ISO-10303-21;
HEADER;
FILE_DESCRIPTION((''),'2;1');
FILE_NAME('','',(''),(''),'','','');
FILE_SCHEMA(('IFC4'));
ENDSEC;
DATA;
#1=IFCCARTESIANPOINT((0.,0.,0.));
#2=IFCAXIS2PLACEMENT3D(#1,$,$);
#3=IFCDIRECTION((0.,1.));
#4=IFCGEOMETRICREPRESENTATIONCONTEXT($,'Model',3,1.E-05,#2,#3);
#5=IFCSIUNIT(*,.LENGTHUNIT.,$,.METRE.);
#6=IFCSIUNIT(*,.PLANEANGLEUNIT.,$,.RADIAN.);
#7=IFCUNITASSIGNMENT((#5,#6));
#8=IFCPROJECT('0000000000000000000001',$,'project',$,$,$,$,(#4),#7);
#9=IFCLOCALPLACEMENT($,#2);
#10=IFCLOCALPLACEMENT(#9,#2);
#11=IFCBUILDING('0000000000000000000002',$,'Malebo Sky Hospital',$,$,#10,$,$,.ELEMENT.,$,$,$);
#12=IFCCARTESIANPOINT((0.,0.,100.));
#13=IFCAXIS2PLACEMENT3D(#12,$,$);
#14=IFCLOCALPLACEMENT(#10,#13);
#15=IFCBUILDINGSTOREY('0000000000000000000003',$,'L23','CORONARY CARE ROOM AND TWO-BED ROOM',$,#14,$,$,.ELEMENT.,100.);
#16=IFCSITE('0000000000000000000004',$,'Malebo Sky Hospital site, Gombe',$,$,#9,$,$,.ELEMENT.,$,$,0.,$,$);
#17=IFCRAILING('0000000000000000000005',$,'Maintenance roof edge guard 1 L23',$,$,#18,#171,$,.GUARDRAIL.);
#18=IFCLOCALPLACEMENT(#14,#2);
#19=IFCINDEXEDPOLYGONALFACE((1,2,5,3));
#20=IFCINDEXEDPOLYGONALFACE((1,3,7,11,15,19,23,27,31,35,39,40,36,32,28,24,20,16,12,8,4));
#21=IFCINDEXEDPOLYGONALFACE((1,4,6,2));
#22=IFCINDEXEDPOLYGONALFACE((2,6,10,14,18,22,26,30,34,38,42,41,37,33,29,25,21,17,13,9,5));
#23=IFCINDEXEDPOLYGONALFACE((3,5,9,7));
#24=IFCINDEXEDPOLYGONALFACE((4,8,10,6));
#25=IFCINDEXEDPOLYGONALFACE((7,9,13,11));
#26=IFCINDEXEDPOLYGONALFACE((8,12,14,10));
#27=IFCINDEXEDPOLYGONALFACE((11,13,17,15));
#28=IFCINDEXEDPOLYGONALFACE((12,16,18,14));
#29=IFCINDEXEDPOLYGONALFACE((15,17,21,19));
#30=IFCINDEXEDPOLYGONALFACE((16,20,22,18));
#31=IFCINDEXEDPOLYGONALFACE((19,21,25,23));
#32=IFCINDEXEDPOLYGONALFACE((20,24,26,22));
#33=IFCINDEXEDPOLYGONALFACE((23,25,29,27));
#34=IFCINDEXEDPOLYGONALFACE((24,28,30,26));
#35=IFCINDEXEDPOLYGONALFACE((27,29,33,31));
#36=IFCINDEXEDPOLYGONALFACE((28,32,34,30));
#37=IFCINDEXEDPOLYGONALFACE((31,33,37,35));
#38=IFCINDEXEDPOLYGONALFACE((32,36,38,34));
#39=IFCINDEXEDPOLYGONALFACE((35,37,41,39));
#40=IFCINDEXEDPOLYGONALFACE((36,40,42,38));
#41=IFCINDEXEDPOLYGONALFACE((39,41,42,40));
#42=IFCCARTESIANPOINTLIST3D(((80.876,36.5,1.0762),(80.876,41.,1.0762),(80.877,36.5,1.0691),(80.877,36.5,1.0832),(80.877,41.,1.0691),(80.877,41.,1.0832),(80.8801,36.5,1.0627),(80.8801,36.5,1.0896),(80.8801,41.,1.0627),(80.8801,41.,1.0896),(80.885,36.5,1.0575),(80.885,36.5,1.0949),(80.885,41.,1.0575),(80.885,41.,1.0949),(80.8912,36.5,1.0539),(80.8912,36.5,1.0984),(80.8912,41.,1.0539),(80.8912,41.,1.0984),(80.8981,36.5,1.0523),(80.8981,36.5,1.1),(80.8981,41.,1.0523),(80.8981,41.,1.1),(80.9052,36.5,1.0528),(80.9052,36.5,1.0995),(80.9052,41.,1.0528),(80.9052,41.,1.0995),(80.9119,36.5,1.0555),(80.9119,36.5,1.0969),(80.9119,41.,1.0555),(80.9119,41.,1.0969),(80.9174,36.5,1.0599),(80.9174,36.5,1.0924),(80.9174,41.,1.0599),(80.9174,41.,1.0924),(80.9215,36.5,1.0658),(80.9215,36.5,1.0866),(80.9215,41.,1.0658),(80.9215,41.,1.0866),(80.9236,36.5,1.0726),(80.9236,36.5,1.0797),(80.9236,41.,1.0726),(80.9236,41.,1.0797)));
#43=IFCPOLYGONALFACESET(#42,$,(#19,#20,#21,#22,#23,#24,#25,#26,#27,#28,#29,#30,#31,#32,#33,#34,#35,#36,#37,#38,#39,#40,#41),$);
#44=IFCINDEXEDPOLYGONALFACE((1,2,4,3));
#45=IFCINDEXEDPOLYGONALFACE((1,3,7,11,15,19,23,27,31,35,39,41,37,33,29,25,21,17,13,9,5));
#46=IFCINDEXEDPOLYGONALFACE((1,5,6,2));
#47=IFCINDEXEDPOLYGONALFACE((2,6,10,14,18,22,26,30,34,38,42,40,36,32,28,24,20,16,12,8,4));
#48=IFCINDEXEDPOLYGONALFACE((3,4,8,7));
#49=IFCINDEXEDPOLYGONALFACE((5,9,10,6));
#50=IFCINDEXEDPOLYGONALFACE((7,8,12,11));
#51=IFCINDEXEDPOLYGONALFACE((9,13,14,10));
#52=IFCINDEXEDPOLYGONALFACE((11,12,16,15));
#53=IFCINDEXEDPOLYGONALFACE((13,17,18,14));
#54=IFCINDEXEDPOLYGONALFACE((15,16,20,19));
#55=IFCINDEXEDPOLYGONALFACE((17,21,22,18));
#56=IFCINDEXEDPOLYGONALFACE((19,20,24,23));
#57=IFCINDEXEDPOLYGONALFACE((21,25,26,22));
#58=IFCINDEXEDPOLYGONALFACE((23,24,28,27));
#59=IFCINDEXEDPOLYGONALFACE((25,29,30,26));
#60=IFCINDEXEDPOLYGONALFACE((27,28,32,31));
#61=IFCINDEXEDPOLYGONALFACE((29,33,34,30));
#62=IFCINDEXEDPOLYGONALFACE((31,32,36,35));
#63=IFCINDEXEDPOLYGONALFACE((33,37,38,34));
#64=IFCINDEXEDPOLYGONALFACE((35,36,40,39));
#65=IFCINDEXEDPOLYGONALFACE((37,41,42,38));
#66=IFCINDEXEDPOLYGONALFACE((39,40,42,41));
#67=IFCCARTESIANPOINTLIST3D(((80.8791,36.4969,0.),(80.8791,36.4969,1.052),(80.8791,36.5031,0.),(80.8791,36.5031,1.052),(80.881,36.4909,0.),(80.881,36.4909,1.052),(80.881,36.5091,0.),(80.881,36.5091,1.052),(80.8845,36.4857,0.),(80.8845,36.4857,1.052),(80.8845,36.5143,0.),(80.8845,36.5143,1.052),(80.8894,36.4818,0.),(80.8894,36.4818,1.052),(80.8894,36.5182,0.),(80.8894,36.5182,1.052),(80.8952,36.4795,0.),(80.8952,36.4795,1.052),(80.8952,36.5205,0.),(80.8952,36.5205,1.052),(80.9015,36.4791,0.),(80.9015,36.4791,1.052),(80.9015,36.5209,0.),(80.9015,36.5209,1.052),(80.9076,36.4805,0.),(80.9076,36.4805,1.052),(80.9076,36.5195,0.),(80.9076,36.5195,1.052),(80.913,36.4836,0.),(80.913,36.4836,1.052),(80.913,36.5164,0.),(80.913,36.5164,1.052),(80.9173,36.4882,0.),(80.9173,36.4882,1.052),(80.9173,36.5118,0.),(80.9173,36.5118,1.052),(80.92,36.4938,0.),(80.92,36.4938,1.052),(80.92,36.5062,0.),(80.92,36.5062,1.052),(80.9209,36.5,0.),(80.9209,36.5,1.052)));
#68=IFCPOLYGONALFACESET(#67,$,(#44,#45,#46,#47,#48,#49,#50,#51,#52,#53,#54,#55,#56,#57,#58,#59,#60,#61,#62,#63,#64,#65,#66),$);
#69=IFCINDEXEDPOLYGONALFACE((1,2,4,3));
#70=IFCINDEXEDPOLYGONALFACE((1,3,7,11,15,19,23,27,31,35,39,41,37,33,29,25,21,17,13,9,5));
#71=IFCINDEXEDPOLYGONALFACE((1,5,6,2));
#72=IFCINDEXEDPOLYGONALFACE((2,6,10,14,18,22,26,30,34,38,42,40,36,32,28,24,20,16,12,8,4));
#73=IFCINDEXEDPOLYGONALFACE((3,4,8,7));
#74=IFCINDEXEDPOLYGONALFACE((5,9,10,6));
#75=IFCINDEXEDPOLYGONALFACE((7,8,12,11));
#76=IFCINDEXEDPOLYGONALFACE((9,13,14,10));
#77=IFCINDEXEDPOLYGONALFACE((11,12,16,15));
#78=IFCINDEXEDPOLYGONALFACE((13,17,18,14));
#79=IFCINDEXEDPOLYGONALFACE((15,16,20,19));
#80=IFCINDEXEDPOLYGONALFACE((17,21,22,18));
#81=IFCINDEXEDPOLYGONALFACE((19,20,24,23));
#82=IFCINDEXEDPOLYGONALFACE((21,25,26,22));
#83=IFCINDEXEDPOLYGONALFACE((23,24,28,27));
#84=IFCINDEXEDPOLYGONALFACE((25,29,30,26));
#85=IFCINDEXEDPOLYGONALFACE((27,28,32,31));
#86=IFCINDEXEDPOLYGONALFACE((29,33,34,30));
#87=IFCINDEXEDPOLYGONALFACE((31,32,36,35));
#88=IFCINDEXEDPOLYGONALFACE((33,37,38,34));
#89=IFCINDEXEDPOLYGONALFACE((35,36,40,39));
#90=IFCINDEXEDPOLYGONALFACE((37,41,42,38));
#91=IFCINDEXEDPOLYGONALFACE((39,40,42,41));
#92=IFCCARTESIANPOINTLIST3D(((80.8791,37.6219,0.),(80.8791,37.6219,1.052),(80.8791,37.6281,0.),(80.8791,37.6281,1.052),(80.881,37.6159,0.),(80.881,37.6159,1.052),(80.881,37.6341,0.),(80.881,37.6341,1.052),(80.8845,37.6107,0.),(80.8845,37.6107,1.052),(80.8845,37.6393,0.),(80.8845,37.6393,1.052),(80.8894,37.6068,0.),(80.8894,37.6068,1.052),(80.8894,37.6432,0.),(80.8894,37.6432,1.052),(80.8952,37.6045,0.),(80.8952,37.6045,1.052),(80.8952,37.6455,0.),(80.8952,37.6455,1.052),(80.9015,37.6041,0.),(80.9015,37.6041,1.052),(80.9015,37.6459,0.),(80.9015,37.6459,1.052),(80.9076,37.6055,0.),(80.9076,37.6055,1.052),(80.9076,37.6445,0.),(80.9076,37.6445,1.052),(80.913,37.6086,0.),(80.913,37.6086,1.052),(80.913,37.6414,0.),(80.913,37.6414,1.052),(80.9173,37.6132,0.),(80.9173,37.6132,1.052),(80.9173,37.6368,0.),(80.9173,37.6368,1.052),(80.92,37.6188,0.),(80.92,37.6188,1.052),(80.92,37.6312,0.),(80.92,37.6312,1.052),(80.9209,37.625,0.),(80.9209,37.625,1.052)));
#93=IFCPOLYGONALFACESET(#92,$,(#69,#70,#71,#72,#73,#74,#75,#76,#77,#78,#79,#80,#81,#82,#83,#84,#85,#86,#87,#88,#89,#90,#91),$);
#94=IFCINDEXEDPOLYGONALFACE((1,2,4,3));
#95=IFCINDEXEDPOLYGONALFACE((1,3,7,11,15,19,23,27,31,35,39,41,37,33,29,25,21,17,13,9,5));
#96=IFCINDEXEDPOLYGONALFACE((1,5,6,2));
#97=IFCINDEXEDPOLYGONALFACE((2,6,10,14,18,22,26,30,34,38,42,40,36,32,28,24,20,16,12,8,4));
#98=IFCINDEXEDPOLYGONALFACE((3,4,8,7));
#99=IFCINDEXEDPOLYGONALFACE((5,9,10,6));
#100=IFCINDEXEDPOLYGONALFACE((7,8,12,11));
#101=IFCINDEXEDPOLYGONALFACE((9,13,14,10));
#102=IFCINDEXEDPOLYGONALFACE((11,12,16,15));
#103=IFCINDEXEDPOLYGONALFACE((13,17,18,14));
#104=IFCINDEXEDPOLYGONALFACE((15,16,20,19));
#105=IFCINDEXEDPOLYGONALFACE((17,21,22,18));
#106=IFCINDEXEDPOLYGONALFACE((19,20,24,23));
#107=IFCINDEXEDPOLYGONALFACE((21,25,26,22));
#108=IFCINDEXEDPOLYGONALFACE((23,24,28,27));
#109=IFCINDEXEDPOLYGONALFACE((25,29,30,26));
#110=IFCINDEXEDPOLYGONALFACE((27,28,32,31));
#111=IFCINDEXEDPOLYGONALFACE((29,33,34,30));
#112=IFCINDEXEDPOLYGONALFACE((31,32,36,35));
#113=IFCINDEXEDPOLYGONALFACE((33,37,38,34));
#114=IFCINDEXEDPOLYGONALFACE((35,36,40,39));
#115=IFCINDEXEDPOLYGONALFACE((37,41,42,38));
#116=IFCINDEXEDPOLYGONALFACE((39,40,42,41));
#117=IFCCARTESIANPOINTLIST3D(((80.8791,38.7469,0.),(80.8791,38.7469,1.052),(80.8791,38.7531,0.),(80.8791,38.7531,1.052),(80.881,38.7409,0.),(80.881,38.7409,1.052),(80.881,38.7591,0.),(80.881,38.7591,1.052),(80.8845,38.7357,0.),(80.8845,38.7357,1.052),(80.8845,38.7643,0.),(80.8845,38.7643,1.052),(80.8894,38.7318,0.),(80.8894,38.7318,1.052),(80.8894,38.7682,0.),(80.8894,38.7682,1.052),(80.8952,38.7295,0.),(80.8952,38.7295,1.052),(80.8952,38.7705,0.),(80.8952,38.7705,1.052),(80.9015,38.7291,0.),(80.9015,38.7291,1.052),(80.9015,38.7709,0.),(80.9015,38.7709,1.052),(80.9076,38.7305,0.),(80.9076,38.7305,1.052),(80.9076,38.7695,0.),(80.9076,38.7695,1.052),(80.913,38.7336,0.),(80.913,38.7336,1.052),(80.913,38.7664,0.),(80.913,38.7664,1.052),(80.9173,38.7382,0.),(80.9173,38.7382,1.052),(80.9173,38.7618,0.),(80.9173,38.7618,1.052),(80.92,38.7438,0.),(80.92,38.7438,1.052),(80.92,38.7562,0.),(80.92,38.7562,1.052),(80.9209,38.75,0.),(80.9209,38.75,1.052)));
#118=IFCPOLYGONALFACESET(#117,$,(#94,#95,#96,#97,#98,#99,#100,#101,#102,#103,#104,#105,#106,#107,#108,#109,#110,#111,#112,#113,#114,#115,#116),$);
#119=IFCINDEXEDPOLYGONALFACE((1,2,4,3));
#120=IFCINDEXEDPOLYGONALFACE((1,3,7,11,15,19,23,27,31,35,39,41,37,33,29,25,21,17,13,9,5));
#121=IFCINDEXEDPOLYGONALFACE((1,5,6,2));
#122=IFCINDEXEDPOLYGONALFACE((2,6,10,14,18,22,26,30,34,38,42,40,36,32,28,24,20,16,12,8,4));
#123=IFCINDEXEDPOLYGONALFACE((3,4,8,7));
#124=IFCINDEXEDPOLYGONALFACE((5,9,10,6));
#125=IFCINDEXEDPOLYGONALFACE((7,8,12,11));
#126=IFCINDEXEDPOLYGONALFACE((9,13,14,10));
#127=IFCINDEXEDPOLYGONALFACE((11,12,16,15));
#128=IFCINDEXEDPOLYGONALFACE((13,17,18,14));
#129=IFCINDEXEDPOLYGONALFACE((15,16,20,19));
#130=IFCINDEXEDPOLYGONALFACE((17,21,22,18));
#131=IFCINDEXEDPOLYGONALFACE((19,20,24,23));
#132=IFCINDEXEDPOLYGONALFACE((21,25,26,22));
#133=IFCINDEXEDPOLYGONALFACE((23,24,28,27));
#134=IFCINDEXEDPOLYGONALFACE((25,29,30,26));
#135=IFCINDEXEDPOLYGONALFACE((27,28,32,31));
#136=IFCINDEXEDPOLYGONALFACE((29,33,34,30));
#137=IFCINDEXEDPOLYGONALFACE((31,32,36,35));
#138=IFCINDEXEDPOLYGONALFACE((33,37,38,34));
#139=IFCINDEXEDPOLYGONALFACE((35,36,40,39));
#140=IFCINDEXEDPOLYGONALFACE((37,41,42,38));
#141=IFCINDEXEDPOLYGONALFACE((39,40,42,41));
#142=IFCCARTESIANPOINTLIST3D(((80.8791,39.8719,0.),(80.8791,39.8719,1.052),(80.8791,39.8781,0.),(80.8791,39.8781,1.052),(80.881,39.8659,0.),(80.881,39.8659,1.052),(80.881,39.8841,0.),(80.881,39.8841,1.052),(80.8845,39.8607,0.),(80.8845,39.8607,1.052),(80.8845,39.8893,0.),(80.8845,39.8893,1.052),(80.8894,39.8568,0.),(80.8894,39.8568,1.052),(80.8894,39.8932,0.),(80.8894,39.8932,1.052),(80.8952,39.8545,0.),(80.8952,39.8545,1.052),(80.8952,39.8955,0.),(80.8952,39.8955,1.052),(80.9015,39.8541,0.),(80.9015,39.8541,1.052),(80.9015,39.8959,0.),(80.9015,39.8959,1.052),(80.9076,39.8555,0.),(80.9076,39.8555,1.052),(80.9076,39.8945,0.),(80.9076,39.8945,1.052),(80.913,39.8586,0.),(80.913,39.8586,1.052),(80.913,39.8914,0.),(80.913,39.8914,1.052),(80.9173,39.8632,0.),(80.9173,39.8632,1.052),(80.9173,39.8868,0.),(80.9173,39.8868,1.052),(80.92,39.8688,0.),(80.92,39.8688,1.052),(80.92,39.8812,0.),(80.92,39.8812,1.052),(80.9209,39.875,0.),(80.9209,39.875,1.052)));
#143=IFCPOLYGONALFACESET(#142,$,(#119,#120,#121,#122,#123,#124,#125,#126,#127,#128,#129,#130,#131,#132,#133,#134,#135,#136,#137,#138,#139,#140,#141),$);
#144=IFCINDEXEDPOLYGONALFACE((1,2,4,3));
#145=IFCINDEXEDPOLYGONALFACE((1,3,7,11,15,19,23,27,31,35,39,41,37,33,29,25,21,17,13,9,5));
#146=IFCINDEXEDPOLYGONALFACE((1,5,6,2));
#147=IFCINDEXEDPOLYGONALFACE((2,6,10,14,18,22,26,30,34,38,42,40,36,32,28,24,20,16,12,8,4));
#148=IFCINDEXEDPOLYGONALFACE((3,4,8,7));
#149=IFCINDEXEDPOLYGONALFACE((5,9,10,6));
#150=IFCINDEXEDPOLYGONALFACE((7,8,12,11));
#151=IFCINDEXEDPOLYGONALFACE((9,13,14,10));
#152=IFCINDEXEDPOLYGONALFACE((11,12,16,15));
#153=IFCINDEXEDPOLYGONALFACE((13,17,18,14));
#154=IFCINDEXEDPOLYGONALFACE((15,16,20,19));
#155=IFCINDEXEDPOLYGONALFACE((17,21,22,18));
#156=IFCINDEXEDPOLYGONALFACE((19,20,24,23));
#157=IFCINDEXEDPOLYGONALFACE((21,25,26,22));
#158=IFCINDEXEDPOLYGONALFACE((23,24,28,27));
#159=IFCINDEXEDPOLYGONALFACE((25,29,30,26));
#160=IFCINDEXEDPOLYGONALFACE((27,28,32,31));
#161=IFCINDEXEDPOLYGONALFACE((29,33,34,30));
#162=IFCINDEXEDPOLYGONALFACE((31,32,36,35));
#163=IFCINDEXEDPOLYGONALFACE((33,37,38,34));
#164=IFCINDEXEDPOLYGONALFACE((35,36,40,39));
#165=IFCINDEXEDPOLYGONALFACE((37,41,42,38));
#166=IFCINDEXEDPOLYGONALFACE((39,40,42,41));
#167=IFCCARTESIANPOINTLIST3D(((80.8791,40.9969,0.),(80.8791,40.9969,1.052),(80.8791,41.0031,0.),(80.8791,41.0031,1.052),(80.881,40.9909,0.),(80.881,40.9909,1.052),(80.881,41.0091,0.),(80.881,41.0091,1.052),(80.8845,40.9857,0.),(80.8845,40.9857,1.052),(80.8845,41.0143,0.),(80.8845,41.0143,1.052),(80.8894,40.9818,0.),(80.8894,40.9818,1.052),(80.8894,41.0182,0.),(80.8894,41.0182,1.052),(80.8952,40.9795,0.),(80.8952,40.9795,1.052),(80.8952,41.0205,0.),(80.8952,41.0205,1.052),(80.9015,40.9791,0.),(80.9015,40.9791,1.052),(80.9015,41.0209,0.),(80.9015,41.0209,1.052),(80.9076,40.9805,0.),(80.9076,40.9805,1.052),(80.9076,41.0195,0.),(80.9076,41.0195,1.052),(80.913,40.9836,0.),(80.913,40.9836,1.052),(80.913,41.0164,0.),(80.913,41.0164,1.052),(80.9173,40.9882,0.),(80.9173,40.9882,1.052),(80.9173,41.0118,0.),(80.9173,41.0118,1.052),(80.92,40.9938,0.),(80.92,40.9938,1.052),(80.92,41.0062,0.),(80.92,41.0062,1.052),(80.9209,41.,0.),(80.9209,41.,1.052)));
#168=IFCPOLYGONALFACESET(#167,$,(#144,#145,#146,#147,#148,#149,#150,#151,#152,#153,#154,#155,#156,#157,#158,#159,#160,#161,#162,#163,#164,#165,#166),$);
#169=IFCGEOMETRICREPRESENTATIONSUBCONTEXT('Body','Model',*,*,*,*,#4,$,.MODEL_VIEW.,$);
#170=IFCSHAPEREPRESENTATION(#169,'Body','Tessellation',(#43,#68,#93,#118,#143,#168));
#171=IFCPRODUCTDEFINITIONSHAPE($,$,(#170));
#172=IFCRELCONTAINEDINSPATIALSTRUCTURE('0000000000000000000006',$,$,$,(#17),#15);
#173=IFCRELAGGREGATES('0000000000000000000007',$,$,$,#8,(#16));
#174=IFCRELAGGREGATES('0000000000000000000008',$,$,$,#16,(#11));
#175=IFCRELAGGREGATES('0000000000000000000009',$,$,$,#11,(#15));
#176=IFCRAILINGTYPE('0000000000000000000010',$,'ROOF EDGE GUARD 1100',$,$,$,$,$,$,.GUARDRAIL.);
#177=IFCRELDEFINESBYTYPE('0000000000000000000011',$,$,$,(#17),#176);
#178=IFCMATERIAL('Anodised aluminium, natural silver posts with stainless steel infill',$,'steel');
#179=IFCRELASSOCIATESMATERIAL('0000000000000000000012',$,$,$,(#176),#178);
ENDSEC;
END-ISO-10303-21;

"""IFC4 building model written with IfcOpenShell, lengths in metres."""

from ifc_helpers import new_model, si_unit, direction, frame, origin, origin_2d, place, context, subcontext, project, spatial, circle, extrude, material, type_object, element, save


model = new_model("IFC4")

# Units and contexts
model_context = context("Model", 3, precision=1e-05, world=origin(), true_north=direction((0.0, 1.0)))
body_context = subcontext(model_context, "Body", "Model", "MODEL_VIEW")
ifc_project = project(units=[si_unit("LENGTHUNIT", "METRE"), si_unit("PLANEANGLEUNIT", "RADIAN")], contexts=[model_context])

# Site, building, storey
site_placement = place(None, origin())
site = spatial("IfcSite", under=ifc_project, at=site_placement, Name="Malebo Sky Hospital site, Gombe", CompositionType="ELEMENT", RefElevation=0.0)
building_placement = place(site_placement, origin())
building = spatial("IfcBuilding", under=site, at=building_placement, Name="Malebo Sky Hospital", CompositionType="ELEMENT")
storey_placement = place(building_placement, frame((0.0, 0.0, 100.0)))
storey = spatial("IfcBuildingStorey", under=building, at=storey_placement, Name="L23", Description="CORONARY CARE ROOM AND TWO-BED ROOM", CompositionType="ELEMENT", Elevation=100.0)

# Railing
ifc_material_1 = material(Name="Anodised aluminium, natural silver posts with stainless steel infill", Category="steel")
railing_type = type_object("IfcRailingType", Name="ROOF EDGE GUARD 1100", PredefinedType="GUARDRAIL", material=ifc_material_1)
railing_1_placement = place(storey_placement, frame((80.8999, 36.5, 0.0)))
element("IfcRailing", 1, at=railing_1_placement, inside=storey, type_object=railing_type, Name="Maintenance roof edge guard 1 L23", PredefinedType="GUARDRAIL", context=body_context, shape_type="SweptSolid", body=[
    extrude(circle(Radius=0.0239, at=origin_2d()), frame((0.0, 0.0, 1.0762), z_axis=(0.0, 1.0, 0.0), x_axis=(-1.0, 0.0, 0.0)), (0.0, 0.0, 1.0), 4.5),
    extrude(circle(Radius=0.021, at=origin_2d()), origin(), (0.0, 0.0, 1.0), 1.052),
    extrude(circle(Radius=0.021, at=origin_2d()), frame((0.0, 1.125, 0.0)), (0.0, 0.0, 1.0), 1.052),
    extrude(circle(Radius=0.021, at=origin_2d()), frame((0.0, 2.25, 0.0)), (0.0, 0.0, 1.0), 1.052),
    extrude(circle(Radius=0.021, at=origin_2d()), frame((0.0, 3.375, 0.0)), (0.0, 0.0, 1.0), 1.052),
    extrude(circle(Radius=0.021, at=origin_2d()), frame((0.0, 4.5, 0.0)), (0.0, 0.0, 1.0), 1.052),
])

save(model, "model.ifc")
